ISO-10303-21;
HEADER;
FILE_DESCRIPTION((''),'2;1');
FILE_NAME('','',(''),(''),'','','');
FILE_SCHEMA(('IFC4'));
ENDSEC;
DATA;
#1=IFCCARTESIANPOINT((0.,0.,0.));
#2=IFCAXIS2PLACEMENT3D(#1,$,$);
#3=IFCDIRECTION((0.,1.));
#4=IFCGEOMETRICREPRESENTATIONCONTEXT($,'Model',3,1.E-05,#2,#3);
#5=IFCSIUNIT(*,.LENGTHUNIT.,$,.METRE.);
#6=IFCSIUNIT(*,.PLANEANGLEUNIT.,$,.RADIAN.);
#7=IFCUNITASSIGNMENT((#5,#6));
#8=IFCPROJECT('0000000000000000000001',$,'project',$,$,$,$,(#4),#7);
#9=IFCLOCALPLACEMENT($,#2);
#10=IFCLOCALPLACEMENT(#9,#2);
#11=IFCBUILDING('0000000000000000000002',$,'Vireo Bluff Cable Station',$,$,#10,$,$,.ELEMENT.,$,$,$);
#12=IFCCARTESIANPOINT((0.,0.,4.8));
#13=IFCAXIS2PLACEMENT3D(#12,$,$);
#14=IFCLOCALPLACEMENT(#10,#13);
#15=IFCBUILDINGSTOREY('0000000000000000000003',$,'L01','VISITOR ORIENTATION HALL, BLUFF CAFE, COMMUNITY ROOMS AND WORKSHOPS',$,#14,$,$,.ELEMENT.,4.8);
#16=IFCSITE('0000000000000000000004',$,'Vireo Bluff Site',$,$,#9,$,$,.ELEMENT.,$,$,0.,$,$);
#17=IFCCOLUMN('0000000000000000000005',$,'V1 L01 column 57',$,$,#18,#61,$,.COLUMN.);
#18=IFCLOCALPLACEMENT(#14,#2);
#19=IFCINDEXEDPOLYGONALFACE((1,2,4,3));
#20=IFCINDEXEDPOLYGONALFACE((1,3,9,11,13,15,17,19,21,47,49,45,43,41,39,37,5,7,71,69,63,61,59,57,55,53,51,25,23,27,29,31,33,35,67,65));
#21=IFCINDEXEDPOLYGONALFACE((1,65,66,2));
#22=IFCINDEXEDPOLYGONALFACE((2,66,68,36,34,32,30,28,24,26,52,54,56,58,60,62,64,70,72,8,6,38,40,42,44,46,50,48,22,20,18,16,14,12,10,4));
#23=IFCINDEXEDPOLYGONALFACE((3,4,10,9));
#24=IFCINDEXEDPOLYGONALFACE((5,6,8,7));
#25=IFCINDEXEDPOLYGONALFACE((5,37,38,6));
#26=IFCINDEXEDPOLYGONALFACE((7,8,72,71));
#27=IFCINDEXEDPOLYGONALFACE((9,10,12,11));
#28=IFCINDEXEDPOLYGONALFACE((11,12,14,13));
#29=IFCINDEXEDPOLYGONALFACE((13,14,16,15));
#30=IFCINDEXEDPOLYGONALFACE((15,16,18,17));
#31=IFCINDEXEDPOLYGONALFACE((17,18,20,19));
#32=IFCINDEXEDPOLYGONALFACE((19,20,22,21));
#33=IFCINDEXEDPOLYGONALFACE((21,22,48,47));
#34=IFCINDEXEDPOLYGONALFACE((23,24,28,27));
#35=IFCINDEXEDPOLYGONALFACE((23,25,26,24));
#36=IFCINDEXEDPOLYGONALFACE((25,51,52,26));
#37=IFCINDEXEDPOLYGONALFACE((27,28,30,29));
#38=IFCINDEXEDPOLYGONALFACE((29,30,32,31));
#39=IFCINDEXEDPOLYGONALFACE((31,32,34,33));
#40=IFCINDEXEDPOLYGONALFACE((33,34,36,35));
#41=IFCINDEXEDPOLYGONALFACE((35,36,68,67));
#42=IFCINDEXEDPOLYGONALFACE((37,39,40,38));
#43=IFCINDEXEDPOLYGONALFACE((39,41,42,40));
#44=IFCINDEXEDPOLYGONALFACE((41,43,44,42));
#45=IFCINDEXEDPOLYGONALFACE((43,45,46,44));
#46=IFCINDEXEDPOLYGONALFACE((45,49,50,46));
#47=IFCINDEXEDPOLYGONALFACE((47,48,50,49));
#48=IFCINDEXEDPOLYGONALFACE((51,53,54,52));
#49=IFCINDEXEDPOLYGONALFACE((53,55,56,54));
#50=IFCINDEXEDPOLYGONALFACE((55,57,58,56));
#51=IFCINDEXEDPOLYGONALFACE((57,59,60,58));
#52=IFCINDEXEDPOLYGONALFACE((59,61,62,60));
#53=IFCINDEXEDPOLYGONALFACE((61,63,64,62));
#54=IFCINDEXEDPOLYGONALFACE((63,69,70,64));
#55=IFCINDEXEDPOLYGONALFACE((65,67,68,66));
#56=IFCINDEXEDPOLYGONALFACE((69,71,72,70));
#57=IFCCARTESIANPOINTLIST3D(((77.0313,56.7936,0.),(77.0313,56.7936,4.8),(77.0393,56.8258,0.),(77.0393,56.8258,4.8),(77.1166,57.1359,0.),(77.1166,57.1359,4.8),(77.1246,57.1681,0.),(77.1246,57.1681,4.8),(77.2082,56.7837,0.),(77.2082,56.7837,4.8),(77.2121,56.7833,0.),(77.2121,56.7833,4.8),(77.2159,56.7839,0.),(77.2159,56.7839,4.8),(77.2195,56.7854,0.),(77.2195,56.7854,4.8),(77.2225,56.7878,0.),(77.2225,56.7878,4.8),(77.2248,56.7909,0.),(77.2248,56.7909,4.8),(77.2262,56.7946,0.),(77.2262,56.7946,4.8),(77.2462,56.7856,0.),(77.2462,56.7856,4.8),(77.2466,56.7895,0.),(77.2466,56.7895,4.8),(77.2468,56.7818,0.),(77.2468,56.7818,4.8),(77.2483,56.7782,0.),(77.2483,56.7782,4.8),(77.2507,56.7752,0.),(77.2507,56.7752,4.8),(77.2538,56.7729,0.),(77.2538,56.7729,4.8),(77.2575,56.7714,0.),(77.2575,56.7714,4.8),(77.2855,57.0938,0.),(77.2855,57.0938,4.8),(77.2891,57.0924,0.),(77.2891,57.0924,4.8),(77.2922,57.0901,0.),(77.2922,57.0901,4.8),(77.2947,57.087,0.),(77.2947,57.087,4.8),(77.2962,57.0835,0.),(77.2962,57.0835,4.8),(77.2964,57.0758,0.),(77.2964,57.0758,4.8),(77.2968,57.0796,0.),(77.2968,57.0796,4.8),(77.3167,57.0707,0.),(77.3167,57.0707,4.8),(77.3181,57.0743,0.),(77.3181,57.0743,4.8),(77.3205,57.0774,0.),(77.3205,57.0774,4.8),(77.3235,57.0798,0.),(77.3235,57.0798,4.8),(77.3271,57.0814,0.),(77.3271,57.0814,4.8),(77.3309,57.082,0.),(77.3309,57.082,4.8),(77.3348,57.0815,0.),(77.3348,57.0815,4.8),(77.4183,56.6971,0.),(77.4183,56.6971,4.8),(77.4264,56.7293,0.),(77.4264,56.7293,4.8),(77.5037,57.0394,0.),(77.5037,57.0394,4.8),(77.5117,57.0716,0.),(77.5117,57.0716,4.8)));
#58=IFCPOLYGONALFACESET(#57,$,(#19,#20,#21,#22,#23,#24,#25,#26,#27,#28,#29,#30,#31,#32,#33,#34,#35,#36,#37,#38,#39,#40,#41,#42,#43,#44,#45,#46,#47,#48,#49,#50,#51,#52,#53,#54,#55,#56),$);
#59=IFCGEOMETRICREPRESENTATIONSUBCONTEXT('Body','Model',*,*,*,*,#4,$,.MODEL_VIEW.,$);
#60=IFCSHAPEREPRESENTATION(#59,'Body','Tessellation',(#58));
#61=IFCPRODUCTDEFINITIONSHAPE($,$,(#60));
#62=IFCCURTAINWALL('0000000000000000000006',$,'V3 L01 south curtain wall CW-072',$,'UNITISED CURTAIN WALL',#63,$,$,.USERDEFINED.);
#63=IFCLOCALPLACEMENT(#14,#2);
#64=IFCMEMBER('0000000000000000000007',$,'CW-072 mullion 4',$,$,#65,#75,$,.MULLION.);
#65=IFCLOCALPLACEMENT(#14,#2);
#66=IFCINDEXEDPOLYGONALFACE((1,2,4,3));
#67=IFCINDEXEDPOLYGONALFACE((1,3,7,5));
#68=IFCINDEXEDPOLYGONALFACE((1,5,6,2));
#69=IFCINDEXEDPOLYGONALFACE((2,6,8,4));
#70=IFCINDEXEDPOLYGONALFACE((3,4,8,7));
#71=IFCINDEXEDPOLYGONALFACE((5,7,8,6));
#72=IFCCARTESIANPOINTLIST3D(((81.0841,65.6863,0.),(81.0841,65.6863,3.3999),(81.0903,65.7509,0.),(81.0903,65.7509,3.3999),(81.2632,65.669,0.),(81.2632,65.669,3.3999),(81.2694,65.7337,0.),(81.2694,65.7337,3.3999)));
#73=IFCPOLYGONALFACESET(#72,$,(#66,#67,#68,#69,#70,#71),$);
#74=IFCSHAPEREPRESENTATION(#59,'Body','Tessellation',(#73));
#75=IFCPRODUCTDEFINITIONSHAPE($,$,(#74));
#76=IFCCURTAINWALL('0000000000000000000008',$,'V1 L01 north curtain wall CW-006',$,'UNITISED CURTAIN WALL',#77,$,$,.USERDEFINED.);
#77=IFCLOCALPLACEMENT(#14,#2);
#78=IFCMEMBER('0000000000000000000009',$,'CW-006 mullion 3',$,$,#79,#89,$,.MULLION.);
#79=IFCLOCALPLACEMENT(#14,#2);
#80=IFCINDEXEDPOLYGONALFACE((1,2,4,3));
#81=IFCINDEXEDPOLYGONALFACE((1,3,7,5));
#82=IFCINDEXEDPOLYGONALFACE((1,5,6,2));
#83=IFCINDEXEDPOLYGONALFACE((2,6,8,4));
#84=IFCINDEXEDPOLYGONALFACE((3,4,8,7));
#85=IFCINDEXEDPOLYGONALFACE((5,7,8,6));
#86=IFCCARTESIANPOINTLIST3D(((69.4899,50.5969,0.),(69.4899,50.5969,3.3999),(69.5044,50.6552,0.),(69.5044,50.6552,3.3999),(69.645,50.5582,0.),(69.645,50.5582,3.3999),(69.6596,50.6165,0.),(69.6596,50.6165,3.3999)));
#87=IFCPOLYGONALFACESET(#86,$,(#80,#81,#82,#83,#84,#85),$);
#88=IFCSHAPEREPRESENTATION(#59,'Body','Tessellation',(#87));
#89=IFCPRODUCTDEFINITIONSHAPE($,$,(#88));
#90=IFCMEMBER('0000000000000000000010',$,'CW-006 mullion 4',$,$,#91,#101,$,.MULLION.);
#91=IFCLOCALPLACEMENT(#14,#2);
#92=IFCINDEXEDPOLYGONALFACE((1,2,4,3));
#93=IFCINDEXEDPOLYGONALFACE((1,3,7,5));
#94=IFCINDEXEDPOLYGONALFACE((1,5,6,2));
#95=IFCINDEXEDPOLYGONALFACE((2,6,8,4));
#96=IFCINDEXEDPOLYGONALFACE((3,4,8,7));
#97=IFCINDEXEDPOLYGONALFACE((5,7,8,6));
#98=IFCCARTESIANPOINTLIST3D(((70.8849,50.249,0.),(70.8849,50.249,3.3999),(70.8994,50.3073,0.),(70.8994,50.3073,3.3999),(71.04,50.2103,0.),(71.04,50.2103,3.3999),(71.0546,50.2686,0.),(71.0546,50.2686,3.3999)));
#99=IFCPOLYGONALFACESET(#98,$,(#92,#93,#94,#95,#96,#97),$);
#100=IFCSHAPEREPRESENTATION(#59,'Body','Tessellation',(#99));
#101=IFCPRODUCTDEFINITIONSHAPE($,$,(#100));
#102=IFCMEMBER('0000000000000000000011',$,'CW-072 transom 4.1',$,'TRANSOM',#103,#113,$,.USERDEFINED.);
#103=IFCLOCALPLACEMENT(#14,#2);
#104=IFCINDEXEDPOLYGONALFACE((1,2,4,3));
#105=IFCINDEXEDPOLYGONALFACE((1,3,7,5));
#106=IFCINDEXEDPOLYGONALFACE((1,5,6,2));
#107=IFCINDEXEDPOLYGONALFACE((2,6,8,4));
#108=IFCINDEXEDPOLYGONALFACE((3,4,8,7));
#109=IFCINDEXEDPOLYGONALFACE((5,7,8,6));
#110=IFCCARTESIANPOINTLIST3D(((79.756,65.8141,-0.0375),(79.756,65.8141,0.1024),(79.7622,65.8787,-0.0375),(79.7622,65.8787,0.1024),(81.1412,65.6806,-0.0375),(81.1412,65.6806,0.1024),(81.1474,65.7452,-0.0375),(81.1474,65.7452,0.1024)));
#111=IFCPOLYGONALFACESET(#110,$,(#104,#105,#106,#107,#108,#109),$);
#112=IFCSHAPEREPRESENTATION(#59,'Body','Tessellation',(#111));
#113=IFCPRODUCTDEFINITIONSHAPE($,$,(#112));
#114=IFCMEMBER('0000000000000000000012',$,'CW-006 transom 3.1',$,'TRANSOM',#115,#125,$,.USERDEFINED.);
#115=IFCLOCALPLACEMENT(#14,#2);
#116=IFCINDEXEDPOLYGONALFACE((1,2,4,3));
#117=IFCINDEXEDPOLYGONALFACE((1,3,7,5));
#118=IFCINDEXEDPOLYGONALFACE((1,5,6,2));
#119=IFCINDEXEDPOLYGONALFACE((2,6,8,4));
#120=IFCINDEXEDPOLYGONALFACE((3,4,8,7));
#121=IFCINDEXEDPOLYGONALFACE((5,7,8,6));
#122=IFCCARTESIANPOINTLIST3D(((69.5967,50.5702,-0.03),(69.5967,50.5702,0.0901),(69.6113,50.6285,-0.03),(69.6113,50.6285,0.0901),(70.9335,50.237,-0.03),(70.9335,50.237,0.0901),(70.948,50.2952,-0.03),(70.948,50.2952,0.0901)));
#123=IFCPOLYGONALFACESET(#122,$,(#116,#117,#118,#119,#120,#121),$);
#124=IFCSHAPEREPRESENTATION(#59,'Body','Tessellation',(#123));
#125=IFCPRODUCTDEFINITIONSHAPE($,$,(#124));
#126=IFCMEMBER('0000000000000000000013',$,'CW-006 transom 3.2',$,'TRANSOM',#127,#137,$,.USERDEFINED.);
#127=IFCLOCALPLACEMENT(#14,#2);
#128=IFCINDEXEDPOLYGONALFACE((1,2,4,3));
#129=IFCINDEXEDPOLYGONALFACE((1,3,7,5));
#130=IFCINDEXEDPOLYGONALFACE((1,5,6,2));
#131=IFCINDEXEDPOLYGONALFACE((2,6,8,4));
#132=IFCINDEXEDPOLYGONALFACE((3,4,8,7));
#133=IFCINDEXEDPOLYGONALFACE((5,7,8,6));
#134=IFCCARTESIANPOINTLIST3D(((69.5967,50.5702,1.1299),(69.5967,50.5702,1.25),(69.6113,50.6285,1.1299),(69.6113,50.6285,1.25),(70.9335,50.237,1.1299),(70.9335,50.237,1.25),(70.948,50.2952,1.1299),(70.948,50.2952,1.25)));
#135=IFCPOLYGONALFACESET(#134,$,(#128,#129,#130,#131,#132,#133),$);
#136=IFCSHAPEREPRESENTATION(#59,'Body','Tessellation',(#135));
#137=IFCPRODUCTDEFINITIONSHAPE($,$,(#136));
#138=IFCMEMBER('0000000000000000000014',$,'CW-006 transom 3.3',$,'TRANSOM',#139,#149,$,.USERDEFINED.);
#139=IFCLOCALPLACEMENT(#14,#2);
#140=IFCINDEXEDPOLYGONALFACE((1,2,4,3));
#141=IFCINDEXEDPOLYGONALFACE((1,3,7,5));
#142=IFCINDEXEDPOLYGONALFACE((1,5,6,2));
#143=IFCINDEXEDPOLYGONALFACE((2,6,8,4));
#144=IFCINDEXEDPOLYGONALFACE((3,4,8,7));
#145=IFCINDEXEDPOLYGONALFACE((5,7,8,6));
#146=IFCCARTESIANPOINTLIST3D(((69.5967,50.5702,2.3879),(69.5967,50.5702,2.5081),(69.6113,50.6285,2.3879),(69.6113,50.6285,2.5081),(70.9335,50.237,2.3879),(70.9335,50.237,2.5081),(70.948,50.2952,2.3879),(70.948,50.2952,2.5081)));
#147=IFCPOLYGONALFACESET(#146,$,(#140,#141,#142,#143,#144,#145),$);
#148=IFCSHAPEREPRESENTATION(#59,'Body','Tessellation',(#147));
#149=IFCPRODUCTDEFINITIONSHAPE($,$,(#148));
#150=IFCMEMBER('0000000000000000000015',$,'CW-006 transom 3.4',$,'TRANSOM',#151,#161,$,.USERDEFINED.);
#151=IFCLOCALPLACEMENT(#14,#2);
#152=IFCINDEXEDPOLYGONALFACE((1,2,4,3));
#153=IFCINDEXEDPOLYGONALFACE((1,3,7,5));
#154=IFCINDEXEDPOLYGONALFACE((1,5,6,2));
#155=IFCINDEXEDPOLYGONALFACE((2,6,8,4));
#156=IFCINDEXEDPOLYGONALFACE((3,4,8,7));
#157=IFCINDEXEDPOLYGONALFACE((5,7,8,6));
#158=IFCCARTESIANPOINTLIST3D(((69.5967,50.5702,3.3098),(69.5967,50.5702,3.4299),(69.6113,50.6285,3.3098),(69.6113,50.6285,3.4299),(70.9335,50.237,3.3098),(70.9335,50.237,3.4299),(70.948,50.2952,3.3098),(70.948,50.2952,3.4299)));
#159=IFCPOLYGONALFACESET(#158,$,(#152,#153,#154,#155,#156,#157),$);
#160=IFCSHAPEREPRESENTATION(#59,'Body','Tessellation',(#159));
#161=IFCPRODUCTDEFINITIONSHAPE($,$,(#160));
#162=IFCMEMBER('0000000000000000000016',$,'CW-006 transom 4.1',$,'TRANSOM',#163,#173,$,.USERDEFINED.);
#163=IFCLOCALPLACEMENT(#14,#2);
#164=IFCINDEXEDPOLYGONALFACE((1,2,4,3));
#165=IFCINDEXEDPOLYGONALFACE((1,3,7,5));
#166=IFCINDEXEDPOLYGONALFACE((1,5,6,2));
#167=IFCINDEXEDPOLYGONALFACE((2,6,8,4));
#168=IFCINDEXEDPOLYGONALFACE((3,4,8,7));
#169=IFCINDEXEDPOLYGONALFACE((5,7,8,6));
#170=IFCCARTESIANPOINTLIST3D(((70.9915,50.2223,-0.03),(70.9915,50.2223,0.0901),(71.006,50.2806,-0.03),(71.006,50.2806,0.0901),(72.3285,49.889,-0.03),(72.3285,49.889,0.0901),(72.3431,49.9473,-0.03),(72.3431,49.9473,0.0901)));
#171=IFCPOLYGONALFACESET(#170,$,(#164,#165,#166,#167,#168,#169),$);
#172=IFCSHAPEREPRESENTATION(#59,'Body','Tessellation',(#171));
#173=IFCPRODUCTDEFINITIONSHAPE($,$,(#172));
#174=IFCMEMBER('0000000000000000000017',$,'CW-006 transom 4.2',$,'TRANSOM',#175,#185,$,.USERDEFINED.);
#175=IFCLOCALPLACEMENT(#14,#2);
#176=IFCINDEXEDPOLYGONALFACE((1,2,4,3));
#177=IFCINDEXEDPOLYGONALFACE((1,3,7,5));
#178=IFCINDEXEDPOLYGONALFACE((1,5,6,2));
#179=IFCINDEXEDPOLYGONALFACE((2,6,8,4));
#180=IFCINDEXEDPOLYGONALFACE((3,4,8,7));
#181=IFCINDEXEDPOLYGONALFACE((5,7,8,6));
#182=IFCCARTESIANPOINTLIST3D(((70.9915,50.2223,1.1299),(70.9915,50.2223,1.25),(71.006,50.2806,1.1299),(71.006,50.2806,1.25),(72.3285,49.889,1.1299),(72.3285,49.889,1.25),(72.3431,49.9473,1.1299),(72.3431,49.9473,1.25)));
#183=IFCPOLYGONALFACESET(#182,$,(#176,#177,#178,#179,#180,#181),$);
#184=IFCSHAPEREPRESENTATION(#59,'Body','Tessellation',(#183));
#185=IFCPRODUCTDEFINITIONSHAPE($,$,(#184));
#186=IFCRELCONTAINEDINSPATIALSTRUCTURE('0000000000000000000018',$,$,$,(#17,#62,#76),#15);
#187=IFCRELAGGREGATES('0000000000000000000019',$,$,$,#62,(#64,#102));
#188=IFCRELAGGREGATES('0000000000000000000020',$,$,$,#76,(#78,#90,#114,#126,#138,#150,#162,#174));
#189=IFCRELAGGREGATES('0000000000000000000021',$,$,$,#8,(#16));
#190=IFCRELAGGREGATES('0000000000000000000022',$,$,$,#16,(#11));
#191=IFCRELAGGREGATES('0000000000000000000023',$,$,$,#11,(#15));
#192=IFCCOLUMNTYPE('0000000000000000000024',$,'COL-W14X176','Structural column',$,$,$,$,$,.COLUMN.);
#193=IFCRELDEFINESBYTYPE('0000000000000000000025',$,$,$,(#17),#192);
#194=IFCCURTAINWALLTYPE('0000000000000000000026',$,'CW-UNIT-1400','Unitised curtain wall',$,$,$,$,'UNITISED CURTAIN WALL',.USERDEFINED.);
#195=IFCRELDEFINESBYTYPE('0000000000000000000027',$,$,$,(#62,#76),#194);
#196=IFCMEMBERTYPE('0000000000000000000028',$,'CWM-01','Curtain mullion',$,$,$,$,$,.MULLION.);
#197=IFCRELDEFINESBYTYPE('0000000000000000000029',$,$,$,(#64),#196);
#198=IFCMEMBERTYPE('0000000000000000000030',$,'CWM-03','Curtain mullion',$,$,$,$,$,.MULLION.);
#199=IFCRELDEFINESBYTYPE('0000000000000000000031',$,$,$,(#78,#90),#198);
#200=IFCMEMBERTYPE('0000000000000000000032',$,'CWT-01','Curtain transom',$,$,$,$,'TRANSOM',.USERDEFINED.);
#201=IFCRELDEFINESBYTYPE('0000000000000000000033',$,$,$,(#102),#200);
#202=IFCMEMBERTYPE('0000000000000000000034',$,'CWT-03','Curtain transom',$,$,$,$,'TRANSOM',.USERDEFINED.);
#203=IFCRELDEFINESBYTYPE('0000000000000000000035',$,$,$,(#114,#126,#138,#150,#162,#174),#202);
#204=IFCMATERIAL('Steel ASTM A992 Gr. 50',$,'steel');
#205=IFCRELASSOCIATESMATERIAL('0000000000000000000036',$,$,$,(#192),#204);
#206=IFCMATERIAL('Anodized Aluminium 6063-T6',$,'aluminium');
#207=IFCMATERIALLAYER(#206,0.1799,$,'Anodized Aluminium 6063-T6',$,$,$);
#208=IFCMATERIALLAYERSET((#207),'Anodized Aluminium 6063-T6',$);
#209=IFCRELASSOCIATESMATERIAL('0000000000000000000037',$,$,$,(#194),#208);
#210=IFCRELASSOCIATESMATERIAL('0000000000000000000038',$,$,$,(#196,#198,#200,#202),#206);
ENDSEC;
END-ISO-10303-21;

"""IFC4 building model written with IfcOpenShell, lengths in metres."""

from ifc_helpers import new_model, si_unit, direction, frame, origin, origin_2d, place, context, subcontext, project, spatial, rectangle, i_section, extrude, material, layer, layer_set, material_profile, profile_set, type_object, element, aggregate, save


model = new_model("IFC4")

# Units and contexts
model_context = context("Model", 3, precision=1e-05, world=origin(), true_north=direction((0.0, 1.0)))
body_context = subcontext(model_context, "Body", "Model", "MODEL_VIEW")
ifc_project = project(units=[si_unit("LENGTHUNIT", "METRE"), si_unit("PLANEANGLEUNIT", "RADIAN")], contexts=[model_context])

# Site, building, storey
site_placement = place(None, origin())
site = spatial("IfcSite", under=ifc_project, at=site_placement, Name="Vireo Bluff Site", CompositionType="ELEMENT", RefElevation=0.0)
building_placement = place(site_placement, origin())
building = spatial("IfcBuilding", under=site, at=building_placement, Name="Vireo Bluff Cable Station", CompositionType="ELEMENT")
storey_placement = place(building_placement, frame((0.0, 0.0, 4.8)))
storey = spatial("IfcBuildingStorey", under=building, at=storey_placement, Name="L01", Description="VISITOR ORIENTATION HALL, BLUFF CAFE, COMMUNITY ROOMS AND WORKSHOPS", CompositionType="ELEMENT", Elevation=4.8)

# Column
ifc_material_1 = material(Name="Steel ASTM A992 Gr. 50", Category="steel")
ifc_material_profile_1 = material_profile(ifc_material_1, i_section(OverallWidth=0.3989, OverallDepth=0.386, WebThickness=0.021, FlangeThickness=0.0332, FilletRadius=0.0149, at=origin_2d()), Name="W14X176")
ifc_profile_set_1 = profile_set([ifc_material_profile_1], Name="Steel ASTM A992 Gr. 50")
column_type = type_object("IfcColumnType", Name="COL-W14X176", Description="Structural column", PredefinedType="COLUMN", material=ifc_profile_set_1)
column_placement = place(storey_placement, frame((77.2715, 56.9326, 0.0), z_axis=(0.0, 0.0, 1.0), x_axis=(0.970296, -0.241922, 0.0)))
element("IfcColumn", 1, at=column_placement, inside=storey, type_object=column_type, Name="V1 L01 column 57", PredefinedType="COLUMN", context=body_context, shape_type="SweptSolid", body=[
    extrude(i_section(OverallWidth=0.3989, OverallDepth=0.386, WebThickness=0.021, FlangeThickness=0.0332, FilletRadius=0.0149, at=origin_2d()), origin(), (0.0, 0.0, 1.0), 4.8),
])

# Curtain wall, member
ifc_material_2 = material(Name="Anodized Aluminium 6063-T6", Category="aluminium")
ifc_layer_1 = layer(ifc_material_2, 0.1799, Name="Anodized Aluminium 6063-T6")
ifc_layer_set_1 = layer_set([ifc_layer_1], Name="Anodized Aluminium 6063-T6")
curtain_wall_type = type_object("IfcCurtainWallType", Name="CW-UNIT-1400", Description="Unitised curtain wall", ElementType="UNITISED CURTAIN WALL", PredefinedType="USERDEFINED", material=ifc_layer_set_1)
curtain_wall_1_placement = place(storey_placement, origin())
curtain_wall_1 = element("IfcCurtainWall", 2, at=curtain_wall_1_placement, inside=storey, type_object=curtain_wall_type, Name="V3 L01 south curtain wall CW-072", ObjectType="UNITISED CURTAIN WALL", PredefinedType="USERDEFINED")
ifc_material_profile_2 = material_profile(ifc_material_2, rectangle(XDim=0.0649, YDim=0.1799, at=origin_2d()), Name="ALU-M-65X180")
ifc_profile_set_2 = profile_set([ifc_material_profile_2], Name="Anodized Aluminium 6063-T6")
member_type_1 = type_object("IfcMemberType", Name="CWM-01", Description="Curtain mullion", PredefinedType="MULLION", material=ifc_profile_set_2)
member_1_placement = place(storey_placement, frame((81.1768, 65.71, 0.0), z_axis=(0.0, 0.0, 1.0), x_axis=(-0.095846, -0.995396, 0.0)))
member_1 = element("IfcMember", 3, at=member_1_placement, type_object=member_type_1, Name="CW-072 mullion 4", PredefinedType="MULLION", context=body_context, shape_type="SweptSolid", body=[
    extrude(rectangle(XDim=0.0649, YDim=0.1799, at=origin_2d()), origin(), (0.0, 0.0, 1.0), 3.3999),
])

# Curtain wall, members
curtain_wall_2_placement = place(storey_placement, origin())
curtain_wall_2 = element("IfcCurtainWall", 4, at=curtain_wall_2_placement, inside=storey, type_object=curtain_wall_type, Name="V1 L01 north curtain wall CW-006", ObjectType="UNITISED CURTAIN WALL", PredefinedType="USERDEFINED")
ifc_material_profile_3 = material_profile(ifc_material_2, rectangle(XDim=0.0601, YDim=0.1599, at=origin_2d()), Name="ALU-M-60X160")
ifc_profile_set_3 = profile_set([ifc_material_profile_3], Name="Anodized Aluminium 6063-T6")
member_type_2 = type_object("IfcMemberType", Name="CWM-03", Description="Curtain mullion", PredefinedType="MULLION", material=ifc_profile_set_3)
member_2_placement = place(storey_placement, frame((69.5747, 50.6067, 0.0), z_axis=(0.0, 0.0, 1.0), x_axis=(0.241922, 0.970296, 0.0)))
member_2 = element("IfcMember", 5, at=member_2_placement, type_object=member_type_2, Name="CW-006 mullion 3", PredefinedType="MULLION", context=body_context, shape_type="SweptSolid", body=[
    extrude(rectangle(XDim=0.0601, YDim=0.1599, at=origin_2d()), origin(), (0.0, 0.0, 1.0), 3.3999),
])
member_3_placement = place(storey_placement, frame((70.9697, 50.2588, 0.0), z_axis=(0.0, 0.0, 1.0), x_axis=(0.241922, 0.970296, 0.0)))
member_3 = element("IfcMember", 6, at=member_3_placement, type_object=member_type_2, Name="CW-006 mullion 4", PredefinedType="MULLION", context=body_context, shape_type="SweptSolid", body=[
    extrude(rectangle(XDim=0.0601, YDim=0.1599, at=origin_2d()), origin(), (0.0, 0.0, 1.0), 3.3999),
])

# Members
ifc_material_profile_4 = material_profile(ifc_material_2, rectangle(XDim=0.0649, YDim=0.1399, at=origin_2d()), Name="ALU-T-65X140")
ifc_profile_set_4 = profile_set([ifc_material_profile_4], Name="Anodized Aluminium 6063-T6")
member_type_3 = type_object("IfcMemberType", Name="CWT-01", Description="Curtain transom", ElementType="TRANSOM", PredefinedType="USERDEFINED", material=ifc_profile_set_4)
member_4_placement = place(storey_placement, frame((81.1443, 65.7129, 0.0325), z_axis=(-0.995385, 0.09596, 0.0), x_axis=(-0.09596, -0.995385, 0.0)))
member_4 = element("IfcMember", 7, at=member_4_placement, type_object=member_type_3, Name="CW-072 transom 4.1", ObjectType="TRANSOM", PredefinedType="USERDEFINED", context=body_context, shape_type="SweptSolid", body=[
    extrude(rectangle(XDim=0.0649, YDim=0.1399, at=origin_2d()), origin(), (0.0, 0.0, 1.0), 1.3916),
])
aggregate(curtain_wall_1, [member_1, member_4])
ifc_material_profile_5 = material_profile(ifc_material_2, rectangle(XDim=0.0601, YDim=0.1201, at=origin_2d()), Name="ALU-T-60X120")
ifc_profile_set_5 = profile_set([ifc_material_profile_5], Name="Anodized Aluminium 6063-T6")
member_type_4 = type_object("IfcMemberType", Name="CWT-03", Description="Curtain transom", ElementType="TRANSOM", PredefinedType="USERDEFINED", material=ifc_profile_set_5)
member_5_placement = place(storey_placement, frame((69.604, 50.5994, 0.03), z_axis=(0.970299, -0.24191, 0.0), x_axis=(0.24191, 0.970299, 0.0)))
member_5 = element("IfcMember", 8, at=member_5_placement, type_object=member_type_4, Name="CW-006 transom 3.1", ObjectType="TRANSOM", PredefinedType="USERDEFINED", context=body_context, shape_type="SweptSolid", body=[
    extrude(rectangle(XDim=0.0601, YDim=0.1201, at=origin_2d()), origin(), (0.0, 0.0, 1.0), 1.3777),
])
member_6_placement = place(storey_placement, frame((69.604, 50.5994, 1.1899), z_axis=(0.970299, -0.24191, 0.0), x_axis=(0.24191, 0.970299, 0.0)))
member_6 = element("IfcMember", 9, at=member_6_placement, type_object=member_type_4, Name="CW-006 transom 3.2", ObjectType="TRANSOM", PredefinedType="USERDEFINED", context=body_context, shape_type="SweptSolid", body=[
    extrude(rectangle(XDim=0.0601, YDim=0.1201, at=origin_2d()), origin(), (0.0, 0.0, 1.0), 1.3777),
])
member_7_placement = place(storey_placement, frame((69.604, 50.5994, 2.448), z_axis=(0.970299, -0.24191, 0.0), x_axis=(0.24191, 0.970299, 0.0)))
member_7 = element("IfcMember", 10, at=member_7_placement, type_object=member_type_4, Name="CW-006 transom 3.3", ObjectType="TRANSOM", PredefinedType="USERDEFINED", context=body_context, shape_type="SweptSolid", body=[
    extrude(rectangle(XDim=0.0601, YDim=0.1201, at=origin_2d()), origin(), (0.0, 0.0, 1.0), 1.3777),
])
member_8_placement = place(storey_placement, frame((69.604, 50.5994, 3.3699), z_axis=(0.970299, -0.24191, 0.0), x_axis=(0.24191, 0.970299, 0.0)))
member_8 = element("IfcMember", 11, at=member_8_placement, type_object=member_type_4, Name="CW-006 transom 3.4", ObjectType="TRANSOM", PredefinedType="USERDEFINED", context=body_context, shape_type="SweptSolid", body=[
    extrude(rectangle(XDim=0.0601, YDim=0.1201, at=origin_2d()), origin(), (0.0, 0.0, 1.0), 1.3777),
])
member_9_placement = place(storey_placement, frame((70.9988, 50.2515, 0.03), z_axis=(0.970309, -0.241868, 0.0), x_axis=(0.241868, 0.970309, 0.0)))
member_9 = element("IfcMember", 12, at=member_9_placement, type_object=member_type_4, Name="CW-006 transom 4.1", ObjectType="TRANSOM", PredefinedType="USERDEFINED", context=body_context, shape_type="SweptSolid", body=[
    extrude(rectangle(XDim=0.0601, YDim=0.1201, at=origin_2d()), origin(), (0.0, 0.0, 1.0), 1.3779),
])
member_10_placement = place(storey_placement, frame((70.9988, 50.2515, 1.1899), z_axis=(0.970309, -0.241868, 0.0), x_axis=(0.241868, 0.970309, 0.0)))
member_10 = element("IfcMember", 13, at=member_10_placement, type_object=member_type_4, Name="CW-006 transom 4.2", ObjectType="TRANSOM", PredefinedType="USERDEFINED", context=body_context, shape_type="SweptSolid", body=[
    extrude(rectangle(XDim=0.0601, YDim=0.1201, at=origin_2d()), origin(), (0.0, 0.0, 1.0), 1.3779),
])

aggregate(curtain_wall_2, [member_2, member_3, member_5, member_6, member_7, member_8, member_9, member_10])

save(model, "model.ifc")
